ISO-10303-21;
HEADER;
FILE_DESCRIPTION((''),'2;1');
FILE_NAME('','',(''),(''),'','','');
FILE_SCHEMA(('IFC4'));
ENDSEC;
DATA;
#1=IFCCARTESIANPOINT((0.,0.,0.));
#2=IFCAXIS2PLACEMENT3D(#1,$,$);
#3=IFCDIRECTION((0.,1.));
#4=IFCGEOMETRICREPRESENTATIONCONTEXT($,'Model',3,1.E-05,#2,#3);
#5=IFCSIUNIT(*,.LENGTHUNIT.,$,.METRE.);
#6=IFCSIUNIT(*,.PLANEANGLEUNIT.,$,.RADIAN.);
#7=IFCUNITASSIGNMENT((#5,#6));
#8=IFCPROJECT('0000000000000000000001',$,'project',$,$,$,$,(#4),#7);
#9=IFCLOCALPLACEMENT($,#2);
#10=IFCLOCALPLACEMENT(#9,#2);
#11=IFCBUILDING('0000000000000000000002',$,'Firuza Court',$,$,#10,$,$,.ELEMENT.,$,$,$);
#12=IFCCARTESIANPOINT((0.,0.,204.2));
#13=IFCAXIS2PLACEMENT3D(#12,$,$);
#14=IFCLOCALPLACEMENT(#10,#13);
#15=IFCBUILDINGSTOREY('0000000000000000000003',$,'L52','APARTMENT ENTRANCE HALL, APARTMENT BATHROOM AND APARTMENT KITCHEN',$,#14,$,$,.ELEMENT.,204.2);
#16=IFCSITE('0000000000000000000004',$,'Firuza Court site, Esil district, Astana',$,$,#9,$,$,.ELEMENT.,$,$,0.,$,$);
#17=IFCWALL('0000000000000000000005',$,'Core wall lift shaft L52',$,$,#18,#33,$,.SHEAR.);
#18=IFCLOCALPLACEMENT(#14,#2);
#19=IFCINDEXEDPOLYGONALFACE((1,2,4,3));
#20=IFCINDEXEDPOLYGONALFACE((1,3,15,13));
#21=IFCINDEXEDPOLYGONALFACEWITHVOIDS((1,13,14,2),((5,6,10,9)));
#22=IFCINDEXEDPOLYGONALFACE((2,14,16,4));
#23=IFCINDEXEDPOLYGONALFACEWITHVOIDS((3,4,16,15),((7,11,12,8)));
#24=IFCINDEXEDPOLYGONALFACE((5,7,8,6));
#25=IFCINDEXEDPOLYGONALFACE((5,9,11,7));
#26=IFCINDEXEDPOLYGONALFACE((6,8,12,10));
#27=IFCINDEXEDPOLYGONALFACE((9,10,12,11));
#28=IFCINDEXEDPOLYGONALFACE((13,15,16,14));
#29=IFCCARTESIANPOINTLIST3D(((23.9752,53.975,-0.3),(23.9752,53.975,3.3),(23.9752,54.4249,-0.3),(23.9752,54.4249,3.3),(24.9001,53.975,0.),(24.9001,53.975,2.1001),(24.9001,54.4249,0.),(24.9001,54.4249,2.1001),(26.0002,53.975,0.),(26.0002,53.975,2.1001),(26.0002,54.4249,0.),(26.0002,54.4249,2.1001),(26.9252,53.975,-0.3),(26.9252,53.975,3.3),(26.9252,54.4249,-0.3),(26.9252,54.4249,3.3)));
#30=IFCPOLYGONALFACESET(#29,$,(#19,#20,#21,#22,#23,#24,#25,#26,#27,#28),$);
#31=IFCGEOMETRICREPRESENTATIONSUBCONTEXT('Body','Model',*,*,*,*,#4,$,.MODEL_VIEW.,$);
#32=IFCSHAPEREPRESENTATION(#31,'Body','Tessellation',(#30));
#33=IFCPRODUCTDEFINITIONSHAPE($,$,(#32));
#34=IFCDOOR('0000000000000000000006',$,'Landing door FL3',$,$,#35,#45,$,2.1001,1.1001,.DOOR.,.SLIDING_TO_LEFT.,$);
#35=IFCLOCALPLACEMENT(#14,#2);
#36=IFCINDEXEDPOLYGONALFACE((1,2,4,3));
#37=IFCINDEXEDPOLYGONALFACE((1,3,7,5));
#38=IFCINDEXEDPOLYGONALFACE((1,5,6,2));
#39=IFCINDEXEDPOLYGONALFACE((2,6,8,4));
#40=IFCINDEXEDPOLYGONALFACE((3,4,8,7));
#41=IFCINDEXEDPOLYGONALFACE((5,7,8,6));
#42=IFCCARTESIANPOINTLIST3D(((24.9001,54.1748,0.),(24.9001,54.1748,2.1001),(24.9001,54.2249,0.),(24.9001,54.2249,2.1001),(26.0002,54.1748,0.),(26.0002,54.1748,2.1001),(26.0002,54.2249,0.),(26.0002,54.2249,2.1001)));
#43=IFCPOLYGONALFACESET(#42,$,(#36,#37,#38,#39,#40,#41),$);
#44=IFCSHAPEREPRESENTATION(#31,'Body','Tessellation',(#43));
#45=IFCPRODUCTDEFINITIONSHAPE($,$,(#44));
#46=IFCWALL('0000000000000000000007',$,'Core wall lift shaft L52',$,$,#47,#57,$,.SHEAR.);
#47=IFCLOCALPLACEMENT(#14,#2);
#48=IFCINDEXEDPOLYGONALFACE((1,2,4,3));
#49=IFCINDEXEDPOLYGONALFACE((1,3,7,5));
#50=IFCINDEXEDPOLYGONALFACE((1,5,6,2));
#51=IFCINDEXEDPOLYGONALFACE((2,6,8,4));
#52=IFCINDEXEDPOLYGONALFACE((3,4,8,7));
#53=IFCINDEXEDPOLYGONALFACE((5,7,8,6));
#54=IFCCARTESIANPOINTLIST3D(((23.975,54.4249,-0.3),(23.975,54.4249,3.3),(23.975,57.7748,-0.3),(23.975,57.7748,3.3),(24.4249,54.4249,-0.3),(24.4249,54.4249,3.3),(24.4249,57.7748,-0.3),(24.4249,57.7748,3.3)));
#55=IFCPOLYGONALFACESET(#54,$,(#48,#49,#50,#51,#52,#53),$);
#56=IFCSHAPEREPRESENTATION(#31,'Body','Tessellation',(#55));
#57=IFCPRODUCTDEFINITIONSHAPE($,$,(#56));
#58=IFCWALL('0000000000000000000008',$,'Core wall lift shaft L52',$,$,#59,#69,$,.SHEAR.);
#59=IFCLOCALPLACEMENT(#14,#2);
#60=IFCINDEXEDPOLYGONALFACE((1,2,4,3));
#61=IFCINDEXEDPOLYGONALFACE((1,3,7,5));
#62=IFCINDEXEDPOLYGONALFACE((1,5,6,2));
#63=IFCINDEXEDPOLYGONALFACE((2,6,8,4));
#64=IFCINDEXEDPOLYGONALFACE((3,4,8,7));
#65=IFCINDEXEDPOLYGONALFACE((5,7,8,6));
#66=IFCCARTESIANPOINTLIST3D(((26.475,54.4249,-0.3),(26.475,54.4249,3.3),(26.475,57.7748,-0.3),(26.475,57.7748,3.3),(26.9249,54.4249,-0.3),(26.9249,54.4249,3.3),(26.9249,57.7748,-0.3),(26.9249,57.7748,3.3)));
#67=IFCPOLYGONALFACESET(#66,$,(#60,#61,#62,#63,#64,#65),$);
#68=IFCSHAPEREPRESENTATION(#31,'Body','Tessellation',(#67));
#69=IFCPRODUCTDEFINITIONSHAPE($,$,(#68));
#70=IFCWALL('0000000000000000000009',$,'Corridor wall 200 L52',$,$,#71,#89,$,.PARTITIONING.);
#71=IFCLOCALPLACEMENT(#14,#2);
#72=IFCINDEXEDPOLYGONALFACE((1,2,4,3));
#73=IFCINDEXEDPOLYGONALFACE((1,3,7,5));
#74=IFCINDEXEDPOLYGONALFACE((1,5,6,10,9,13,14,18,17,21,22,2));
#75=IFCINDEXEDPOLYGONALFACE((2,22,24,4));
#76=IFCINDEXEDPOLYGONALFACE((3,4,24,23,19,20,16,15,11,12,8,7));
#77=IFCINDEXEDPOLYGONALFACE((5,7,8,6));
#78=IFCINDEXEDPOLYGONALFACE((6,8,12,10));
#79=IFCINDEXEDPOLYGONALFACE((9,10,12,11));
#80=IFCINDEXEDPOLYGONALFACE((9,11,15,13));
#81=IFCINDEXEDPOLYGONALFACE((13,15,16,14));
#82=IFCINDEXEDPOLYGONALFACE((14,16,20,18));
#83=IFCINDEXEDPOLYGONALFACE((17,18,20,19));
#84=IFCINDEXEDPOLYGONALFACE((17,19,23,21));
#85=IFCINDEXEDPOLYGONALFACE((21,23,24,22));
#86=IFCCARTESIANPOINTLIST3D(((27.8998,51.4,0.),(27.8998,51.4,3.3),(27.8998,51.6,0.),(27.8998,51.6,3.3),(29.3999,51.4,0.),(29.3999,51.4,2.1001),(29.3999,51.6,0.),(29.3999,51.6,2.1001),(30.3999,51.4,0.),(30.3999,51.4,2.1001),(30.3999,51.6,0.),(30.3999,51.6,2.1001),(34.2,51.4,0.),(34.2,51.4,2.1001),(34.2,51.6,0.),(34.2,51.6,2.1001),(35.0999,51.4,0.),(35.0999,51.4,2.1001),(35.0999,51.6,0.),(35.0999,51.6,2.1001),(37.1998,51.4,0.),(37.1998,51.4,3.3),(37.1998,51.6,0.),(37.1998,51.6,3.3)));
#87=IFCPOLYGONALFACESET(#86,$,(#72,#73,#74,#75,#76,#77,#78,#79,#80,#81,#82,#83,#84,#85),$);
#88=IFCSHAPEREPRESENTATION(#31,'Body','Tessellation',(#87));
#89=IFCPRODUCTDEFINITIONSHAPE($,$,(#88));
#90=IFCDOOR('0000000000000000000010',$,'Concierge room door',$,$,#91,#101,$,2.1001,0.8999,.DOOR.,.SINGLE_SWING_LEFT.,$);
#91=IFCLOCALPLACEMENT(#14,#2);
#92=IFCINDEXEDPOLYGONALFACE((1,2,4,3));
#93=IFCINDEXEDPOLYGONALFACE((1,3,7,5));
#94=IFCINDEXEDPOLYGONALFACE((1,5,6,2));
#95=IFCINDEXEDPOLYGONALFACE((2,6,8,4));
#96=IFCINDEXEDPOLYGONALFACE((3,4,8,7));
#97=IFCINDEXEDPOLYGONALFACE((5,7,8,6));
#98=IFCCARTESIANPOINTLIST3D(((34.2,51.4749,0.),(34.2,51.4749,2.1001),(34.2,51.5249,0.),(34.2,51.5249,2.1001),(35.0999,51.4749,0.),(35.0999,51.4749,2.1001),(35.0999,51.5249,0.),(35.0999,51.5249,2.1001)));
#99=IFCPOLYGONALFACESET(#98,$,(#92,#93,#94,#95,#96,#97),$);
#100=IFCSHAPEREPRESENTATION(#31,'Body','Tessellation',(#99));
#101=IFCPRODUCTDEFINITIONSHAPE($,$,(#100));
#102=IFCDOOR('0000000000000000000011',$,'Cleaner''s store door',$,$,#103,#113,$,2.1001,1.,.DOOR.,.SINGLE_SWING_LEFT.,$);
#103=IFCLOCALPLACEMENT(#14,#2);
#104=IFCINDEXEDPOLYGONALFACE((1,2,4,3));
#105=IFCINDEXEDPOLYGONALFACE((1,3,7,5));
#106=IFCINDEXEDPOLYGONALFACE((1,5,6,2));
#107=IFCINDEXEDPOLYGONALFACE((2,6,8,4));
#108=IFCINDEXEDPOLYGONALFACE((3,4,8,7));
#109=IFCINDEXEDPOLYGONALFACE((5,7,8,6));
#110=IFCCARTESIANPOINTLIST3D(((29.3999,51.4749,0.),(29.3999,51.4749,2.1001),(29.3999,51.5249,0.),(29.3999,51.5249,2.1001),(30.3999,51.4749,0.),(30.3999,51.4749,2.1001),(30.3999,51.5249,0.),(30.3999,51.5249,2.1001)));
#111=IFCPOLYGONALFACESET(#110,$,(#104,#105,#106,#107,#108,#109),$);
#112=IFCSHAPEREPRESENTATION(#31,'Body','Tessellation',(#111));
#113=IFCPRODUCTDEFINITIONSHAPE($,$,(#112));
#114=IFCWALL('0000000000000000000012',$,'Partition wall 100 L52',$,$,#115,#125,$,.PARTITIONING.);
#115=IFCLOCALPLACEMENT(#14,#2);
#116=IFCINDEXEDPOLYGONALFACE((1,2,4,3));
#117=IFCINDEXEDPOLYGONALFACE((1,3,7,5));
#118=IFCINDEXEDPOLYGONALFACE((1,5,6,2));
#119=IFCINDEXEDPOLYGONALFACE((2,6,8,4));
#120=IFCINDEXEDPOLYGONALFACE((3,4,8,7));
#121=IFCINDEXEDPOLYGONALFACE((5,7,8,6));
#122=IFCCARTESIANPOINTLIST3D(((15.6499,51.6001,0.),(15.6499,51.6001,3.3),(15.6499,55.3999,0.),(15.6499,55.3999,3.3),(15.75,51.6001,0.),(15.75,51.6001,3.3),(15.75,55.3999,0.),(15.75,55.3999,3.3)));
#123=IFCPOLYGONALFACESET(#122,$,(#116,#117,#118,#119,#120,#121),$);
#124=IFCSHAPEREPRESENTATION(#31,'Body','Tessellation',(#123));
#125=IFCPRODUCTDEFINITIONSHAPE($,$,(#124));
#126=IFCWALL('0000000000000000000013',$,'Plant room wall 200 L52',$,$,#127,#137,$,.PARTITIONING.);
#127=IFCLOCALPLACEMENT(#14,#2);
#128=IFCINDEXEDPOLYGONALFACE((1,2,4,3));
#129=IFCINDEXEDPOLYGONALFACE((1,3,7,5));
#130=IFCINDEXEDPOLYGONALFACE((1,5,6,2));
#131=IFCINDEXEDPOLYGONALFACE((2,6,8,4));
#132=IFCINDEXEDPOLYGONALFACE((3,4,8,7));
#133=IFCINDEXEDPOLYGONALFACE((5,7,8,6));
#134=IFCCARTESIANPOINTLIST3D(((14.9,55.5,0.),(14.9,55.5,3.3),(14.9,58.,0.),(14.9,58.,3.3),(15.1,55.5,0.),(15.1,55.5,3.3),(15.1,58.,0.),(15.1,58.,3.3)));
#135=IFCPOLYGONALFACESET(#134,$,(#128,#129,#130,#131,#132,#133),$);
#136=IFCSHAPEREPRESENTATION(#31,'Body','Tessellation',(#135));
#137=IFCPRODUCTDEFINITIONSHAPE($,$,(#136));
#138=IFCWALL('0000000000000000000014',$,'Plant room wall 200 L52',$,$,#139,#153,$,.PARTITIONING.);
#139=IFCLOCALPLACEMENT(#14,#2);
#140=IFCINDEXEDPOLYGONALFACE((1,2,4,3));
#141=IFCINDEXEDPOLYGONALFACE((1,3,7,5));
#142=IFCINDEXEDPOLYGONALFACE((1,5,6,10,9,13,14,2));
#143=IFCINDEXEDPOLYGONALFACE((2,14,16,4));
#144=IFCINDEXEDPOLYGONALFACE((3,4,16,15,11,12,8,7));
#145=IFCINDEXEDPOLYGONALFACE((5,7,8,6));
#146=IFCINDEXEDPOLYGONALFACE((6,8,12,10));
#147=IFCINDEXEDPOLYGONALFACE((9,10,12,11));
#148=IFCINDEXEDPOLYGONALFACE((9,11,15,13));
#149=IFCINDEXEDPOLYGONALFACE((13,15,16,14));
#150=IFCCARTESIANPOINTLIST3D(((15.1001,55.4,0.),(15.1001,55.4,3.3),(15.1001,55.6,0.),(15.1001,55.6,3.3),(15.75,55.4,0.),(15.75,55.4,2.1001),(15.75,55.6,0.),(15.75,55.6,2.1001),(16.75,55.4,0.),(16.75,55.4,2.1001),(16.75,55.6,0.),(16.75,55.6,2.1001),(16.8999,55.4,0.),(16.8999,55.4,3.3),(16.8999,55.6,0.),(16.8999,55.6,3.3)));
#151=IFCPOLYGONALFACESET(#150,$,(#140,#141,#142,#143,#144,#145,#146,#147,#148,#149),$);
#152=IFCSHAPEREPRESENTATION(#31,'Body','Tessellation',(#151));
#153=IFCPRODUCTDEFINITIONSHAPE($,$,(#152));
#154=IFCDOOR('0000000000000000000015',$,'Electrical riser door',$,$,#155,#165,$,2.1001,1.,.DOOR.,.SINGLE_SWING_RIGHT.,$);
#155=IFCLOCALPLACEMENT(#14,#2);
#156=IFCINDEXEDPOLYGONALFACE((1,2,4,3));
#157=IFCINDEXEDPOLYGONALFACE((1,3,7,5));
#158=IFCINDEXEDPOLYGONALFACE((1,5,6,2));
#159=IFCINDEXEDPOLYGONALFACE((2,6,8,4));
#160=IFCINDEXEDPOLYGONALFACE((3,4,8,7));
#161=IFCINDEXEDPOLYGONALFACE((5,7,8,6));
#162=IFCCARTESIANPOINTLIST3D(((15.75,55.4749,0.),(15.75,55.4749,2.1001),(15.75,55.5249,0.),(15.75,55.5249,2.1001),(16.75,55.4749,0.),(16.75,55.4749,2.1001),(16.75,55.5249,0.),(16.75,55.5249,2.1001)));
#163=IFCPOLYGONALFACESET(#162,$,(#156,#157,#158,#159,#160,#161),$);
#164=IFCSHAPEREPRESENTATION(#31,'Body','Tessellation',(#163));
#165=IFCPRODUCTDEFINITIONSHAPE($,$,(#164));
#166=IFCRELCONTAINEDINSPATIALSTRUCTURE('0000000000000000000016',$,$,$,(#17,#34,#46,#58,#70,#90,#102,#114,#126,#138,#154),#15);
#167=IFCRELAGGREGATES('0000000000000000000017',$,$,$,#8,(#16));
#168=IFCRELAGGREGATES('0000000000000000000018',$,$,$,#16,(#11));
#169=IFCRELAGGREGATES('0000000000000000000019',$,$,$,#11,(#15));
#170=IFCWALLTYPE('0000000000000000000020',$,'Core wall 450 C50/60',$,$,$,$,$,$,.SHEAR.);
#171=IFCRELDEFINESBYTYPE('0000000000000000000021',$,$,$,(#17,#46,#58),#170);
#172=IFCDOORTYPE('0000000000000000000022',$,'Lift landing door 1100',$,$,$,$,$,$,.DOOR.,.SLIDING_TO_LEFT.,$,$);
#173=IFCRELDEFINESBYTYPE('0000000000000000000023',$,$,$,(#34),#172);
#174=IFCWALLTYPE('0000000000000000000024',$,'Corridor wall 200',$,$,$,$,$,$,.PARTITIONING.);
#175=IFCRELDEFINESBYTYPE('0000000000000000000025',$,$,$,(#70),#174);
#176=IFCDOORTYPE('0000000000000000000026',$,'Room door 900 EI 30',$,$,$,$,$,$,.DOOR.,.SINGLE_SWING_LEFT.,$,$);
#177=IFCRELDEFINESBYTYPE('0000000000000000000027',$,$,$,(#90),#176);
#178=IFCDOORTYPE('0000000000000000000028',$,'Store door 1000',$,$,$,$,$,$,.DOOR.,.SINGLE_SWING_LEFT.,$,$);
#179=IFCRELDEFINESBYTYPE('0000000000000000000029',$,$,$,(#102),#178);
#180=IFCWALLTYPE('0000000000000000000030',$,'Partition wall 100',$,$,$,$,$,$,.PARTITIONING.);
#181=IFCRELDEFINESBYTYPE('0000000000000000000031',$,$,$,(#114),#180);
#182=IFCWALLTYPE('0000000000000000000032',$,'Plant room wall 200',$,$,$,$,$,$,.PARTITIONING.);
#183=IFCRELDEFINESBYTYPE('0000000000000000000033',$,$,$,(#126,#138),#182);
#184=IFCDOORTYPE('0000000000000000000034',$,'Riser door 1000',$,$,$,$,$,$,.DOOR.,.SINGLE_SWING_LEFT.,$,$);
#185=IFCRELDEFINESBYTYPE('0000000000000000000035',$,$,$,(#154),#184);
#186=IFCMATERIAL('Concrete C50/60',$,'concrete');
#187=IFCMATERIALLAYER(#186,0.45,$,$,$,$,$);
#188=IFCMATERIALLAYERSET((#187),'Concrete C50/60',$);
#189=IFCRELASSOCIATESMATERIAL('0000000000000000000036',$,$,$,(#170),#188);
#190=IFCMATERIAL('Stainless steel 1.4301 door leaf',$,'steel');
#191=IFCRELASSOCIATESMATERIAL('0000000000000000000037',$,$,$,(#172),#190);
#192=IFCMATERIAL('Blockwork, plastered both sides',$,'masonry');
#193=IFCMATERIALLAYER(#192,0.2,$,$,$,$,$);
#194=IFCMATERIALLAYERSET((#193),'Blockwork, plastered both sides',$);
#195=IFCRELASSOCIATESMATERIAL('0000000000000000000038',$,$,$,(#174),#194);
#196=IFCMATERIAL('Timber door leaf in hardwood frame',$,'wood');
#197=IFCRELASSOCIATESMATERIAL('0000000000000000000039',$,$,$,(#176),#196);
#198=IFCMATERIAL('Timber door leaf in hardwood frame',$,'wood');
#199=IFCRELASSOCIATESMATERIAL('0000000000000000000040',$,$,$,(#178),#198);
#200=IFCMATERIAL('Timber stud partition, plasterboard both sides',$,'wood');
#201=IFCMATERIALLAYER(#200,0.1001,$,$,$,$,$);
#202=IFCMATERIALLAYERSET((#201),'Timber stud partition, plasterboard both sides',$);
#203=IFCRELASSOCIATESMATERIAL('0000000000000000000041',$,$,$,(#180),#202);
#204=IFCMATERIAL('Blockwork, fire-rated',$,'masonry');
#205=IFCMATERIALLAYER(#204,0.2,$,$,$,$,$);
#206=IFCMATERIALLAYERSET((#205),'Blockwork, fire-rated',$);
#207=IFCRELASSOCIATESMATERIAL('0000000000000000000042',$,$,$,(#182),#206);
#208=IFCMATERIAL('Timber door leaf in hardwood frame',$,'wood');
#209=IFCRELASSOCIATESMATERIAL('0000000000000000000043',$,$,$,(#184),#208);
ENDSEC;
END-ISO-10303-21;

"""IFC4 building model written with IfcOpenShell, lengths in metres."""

from ifc_helpers import new_model, si_unit, direction, frame, frame_2d, origin, place, context, subcontext, project, spatial, rectangle, extrude, material, layer, layer_set, type_object, element, fill, save


model = new_model("IFC4")

# Units and contexts
model_context = context("Model", 3, precision=1e-05, world=origin(), true_north=direction((0.0, 1.0)))
body_context = subcontext(model_context, "Body", "Model", "MODEL_VIEW")
ifc_project = project(units=[si_unit("LENGTHUNIT", "METRE"), si_unit("PLANEANGLEUNIT", "RADIAN")], contexts=[model_context])

# Site, building, storey
site_placement = place(None, origin())
site = spatial("IfcSite", under=ifc_project, at=site_placement, Name="Firuza Court site, Esil district, Astana", CompositionType="ELEMENT", RefElevation=0.0)
building_placement = place(site_placement, origin())
building = spatial("IfcBuilding", under=site, at=building_placement, Name="Firuza Court", CompositionType="ELEMENT")
storey_placement = place(building_placement, frame((0.0, 0.0, 204.2)))
storey = spatial("IfcBuildingStorey", under=building, at=storey_placement, Name="L52", Description="APARTMENT ENTRANCE HALL, APARTMENT BATHROOM AND APARTMENT KITCHEN", CompositionType="ELEMENT", Elevation=204.2)

# Wall, opening, door
ifc_material_1 = material(Name="Concrete C50/60", Category="concrete")
ifc_layer_1 = layer(ifc_material_1, 0.45)
ifc_layer_set_1 = layer_set([ifc_layer_1], Name="Concrete C50/60")
wall_type_1 = type_object("IfcWallType", Name="Core wall 450 C50/60", PredefinedType="SHEAR", material=ifc_layer_set_1)
wall_1_placement = place(storey_placement, frame((23.9751, 54.2, -0.3), z_axis=(0.0, 0.0, 1.0), x_axis=(1.0, 0.0, 0.0)))
wall_1 = element("IfcWall", 1, at=wall_1_placement, inside=storey, type_object=wall_type_1, Name="Core wall lift shaft L52", PredefinedType="SHEAR", context=body_context, shape_type="SweptSolid", body=[
    extrude(rectangle(XDim=2.95, YDim=0.45, at=frame_2d((1.4751, 0.0))), origin(), (0.0, 0.0, 1.0), 3.6001),
])
opening_1_placement = place(wall_1_placement, frame((0.925, 0.0, 0.3)))
opening_1 = element("IfcOpeningElement", 2, at=opening_1_placement, cuts=wall_1, PredefinedType="OPENING", context=body_context, shape_type="SweptSolid", body=[
    extrude(rectangle(XDim=1.1001, YDim=2.1001, at=frame_2d((0.55, 1.05))), frame((0.0, 0.2368, 0.0), z_axis=(0.0, -1.0, 0.0), x_axis=(1.0, 0.0, 0.0)), (0.0, 0.0, 1.0), 0.4739),
])
ifc_material_2 = material(Name="Stainless steel 1.4301 door leaf", Category="steel")
door_type_1 = type_object("IfcDoorType", Name="Lift landing door 1100", OperationType="SLIDING_TO_LEFT", PredefinedType="DOOR", material=ifc_material_2)
door_1_placement = place(opening_1_placement, origin())
door_1 = element("IfcDoor", 3, at=door_1_placement, inside=storey, type_object=door_type_1, Name="Landing door FL3", OperationType="SLIDING_TO_LEFT", OverallHeight=2.1001, OverallWidth=1.1001, PredefinedType="DOOR", context=body_context, shape_type="SweptSolid", body=[
    extrude(rectangle(XDim=1.1001, YDim=2.1001, at=frame_2d((0.55, 1.05))), frame((0.0, 0.0249, 0.0), z_axis=(0.0, -1.0, 0.0), x_axis=(1.0, 0.0, 0.0)), (0.0, 0.0, 1.0), 0.05),
])
fill(opening_1, door_1)

# Walls
for number, where, z_axis, x_axis, name in (
    (4, (24.2, 54.425, -0.3), (0.0, 0.0, 1.0), (0.0, 1.0, 0.0), "Core wall lift shaft L52"),
    (5, (26.7, 54.425, -0.3), (0.0, 0.0, 1.0), (0.0, 1.0, 0.0), "Core wall lift shaft L52"),
):
    element("IfcWall", number, at=place(storey_placement, frame(where, z_axis=z_axis, x_axis=x_axis)), inside=storey, type_object=wall_type_1, Name=name, PredefinedType="SHEAR", context=body_context, shape_type="SweptSolid", body=[
        extrude(rectangle(XDim=3.3499, YDim=0.45, at=frame_2d((1.6748, 0.0))), origin(), (0.0, 0.0, 1.0), 3.6001),
    ])

# Wall, openings, doors
ifc_material_3 = material(Name="Blockwork, plastered both sides", Category="masonry")
ifc_layer_2 = layer(ifc_material_3, 0.2)
ifc_layer_set_2 = layer_set([ifc_layer_2], Name="Blockwork, plastered both sides")
wall_type_2 = type_object("IfcWallType", Name="Corridor wall 200", PredefinedType="PARTITIONING", material=ifc_layer_set_2)
wall_2_placement = place(storey_placement, frame((27.8999, 51.5, 0.0), z_axis=(0.0, 0.0, 1.0), x_axis=(1.0, 0.0, 0.0)))
wall_2 = element("IfcWall", 6, at=wall_2_placement, inside=storey, type_object=wall_type_2, Name="Corridor wall 200 L52", PredefinedType="PARTITIONING", context=body_context, shape_type="SweptSolid", body=[
    extrude(rectangle(XDim=9.3, YDim=0.2, at=frame_2d((4.6499, 0.0))), origin(), (0.0, 0.0, 1.0), 3.3),
])
opening_2_placement = place(wall_2_placement, frame((1.5, 0.0, 0.0)))
opening_2 = element("IfcOpeningElement", 7, at=opening_2_placement, cuts=wall_2, PredefinedType="OPENING", context=body_context, shape_type="SweptSolid", body=[
    extrude(rectangle(XDim=1.0, YDim=2.1001, at=frame_2d((0.5, 1.05))), frame((0.0, 0.1118, 0.0), z_axis=(0.0, -1.0, 0.0), x_axis=(1.0, 0.0, 0.0)), (0.0, 0.0, 1.0), 0.2239),
])
opening_3_placement = place(wall_2_placement, frame((6.3, 0.0, 0.0)))
opening_3 = element("IfcOpeningElement", 8, at=opening_3_placement, cuts=wall_2, PredefinedType="OPENING", context=body_context, shape_type="SweptSolid", body=[
    extrude(rectangle(XDim=0.8999, YDim=2.1001, at=frame_2d((0.45, 1.05))), frame((0.0, 0.1118, 0.0), z_axis=(0.0, -1.0, 0.0), x_axis=(1.0, 0.0, 0.0)), (0.0, 0.0, 1.0), 0.2239),
])
ifc_material_4 = material(Name="Timber door leaf in hardwood frame", Category="wood")
door_type_2 = type_object("IfcDoorType", Name="Room door 900 EI 30", OperationType="SINGLE_SWING_LEFT", PredefinedType="DOOR", material=ifc_material_4)
door_2_placement = place(opening_3_placement, origin())
door_2 = element("IfcDoor", 9, at=door_2_placement, inside=storey, type_object=door_type_2, Name="Concierge room door", OperationType="SINGLE_SWING_LEFT", OverallHeight=2.1001, OverallWidth=0.8999, PredefinedType="DOOR", context=body_context, shape_type="SweptSolid", body=[
    extrude(rectangle(XDim=0.8999, YDim=2.1001, at=frame_2d((0.45, 1.05))), frame((0.0, 0.0249, 0.0), z_axis=(0.0, -1.0, 0.0), x_axis=(1.0, 0.0, 0.0)), (0.0, 0.0, 1.0), 0.05),
])
fill(opening_3, door_2)
ifc_material_5 = material(Name="Timber door leaf in hardwood frame", Category="wood")
door_type_3 = type_object("IfcDoorType", Name="Store door 1000", OperationType="SINGLE_SWING_LEFT", PredefinedType="DOOR", material=ifc_material_5)
door_3_placement = place(opening_2_placement, origin())
door_3 = element("IfcDoor", 10, at=door_3_placement, inside=storey, type_object=door_type_3, Name="Cleaner's store door", OperationType="SINGLE_SWING_LEFT", OverallHeight=2.1001, OverallWidth=1.0, PredefinedType="DOOR", context=body_context, shape_type="SweptSolid", body=[
    extrude(rectangle(XDim=1.0, YDim=2.1001, at=frame_2d((0.5, 1.05))), frame((0.0, 0.0249, 0.0), z_axis=(0.0, -1.0, 0.0), x_axis=(1.0, 0.0, 0.0)), (0.0, 0.0, 1.0), 0.05),
])
fill(opening_2, door_3)

# Walls
ifc_material_6 = material(Name="Timber stud partition, plasterboard both sides", Category="wood")
ifc_layer_3 = layer(ifc_material_6, 0.1001)
ifc_layer_set_3 = layer_set([ifc_layer_3], Name="Timber stud partition, plasterboard both sides")
wall_type_3 = type_object("IfcWallType", Name="Partition wall 100", PredefinedType="PARTITIONING", material=ifc_layer_set_3)
wall_3_placement = place(storey_placement, frame((15.7, 51.6001, 0.0), z_axis=(0.0, 0.0, 1.0), x_axis=(0.0, 1.0, 0.0)))
element("IfcWall", 11, at=wall_3_placement, inside=storey, type_object=wall_type_3, Name="Partition wall 100 L52", PredefinedType="PARTITIONING", context=body_context, shape_type="SweptSolid", body=[
    extrude(rectangle(XDim=3.7998, YDim=0.1001, at=frame_2d((1.8999, 0.0))), origin(), (0.0, 0.0, 1.0), 3.3),
])
ifc_material_7 = material(Name="Blockwork, fire-rated", Category="masonry")
ifc_layer_4 = layer(ifc_material_7, 0.2)
ifc_layer_set_4 = layer_set([ifc_layer_4], Name="Blockwork, fire-rated")
wall_type_4 = type_object("IfcWallType", Name="Plant room wall 200", PredefinedType="PARTITIONING", material=ifc_layer_set_4)
wall_4_placement = place(storey_placement, frame((15.0, 55.5, 0.0), z_axis=(0.0, 0.0, 1.0), x_axis=(0.0, 1.0, 0.0)))
element("IfcWall", 12, at=wall_4_placement, inside=storey, type_object=wall_type_4, Name="Plant room wall 200 L52", PredefinedType="PARTITIONING", context=body_context, shape_type="SweptSolid", body=[
    extrude(rectangle(XDim=2.5, YDim=0.2, at=frame_2d((1.25, 0.0))), origin(), (0.0, 0.0, 1.0), 3.3),
])

# Wall, opening, door
wall_5_placement = place(storey_placement, frame((15.1001, 55.5, 0.0), z_axis=(0.0, 0.0, 1.0), x_axis=(1.0, 0.0, 0.0)))
wall_5 = element("IfcWall", 13, at=wall_5_placement, inside=storey, type_object=wall_type_4, Name="Plant room wall 200 L52", PredefinedType="PARTITIONING", context=body_context, shape_type="SweptSolid", body=[
    extrude(rectangle(XDim=1.7998, YDim=0.2, at=frame_2d((0.8999, 0.0))), origin(), (0.0, 0.0, 1.0), 3.3),
])
opening_4_placement = place(wall_5_placement, frame((0.6499, 0.0, 0.0)))
opening_4 = element("IfcOpeningElement", 14, at=opening_4_placement, cuts=wall_5, PredefinedType="OPENING", context=body_context, shape_type="SweptSolid", body=[
    extrude(rectangle(XDim=1.0, YDim=2.1001, at=frame_2d((0.5, 1.05))), frame((0.0, 0.1118, 0.0), z_axis=(0.0, -1.0, 0.0), x_axis=(1.0, 0.0, 0.0)), (0.0, 0.0, 1.0), 0.2239),
])
ifc_material_8 = material(Name="Timber door leaf in hardwood frame", Category="wood")
door_type_4 = type_object("IfcDoorType", Name="Riser door 1000", OperationType="SINGLE_SWING_LEFT", PredefinedType="DOOR", material=ifc_material_8)
door_4_placement = place(opening_4_placement, origin())
door_4 = element("IfcDoor", 15, at=door_4_placement, inside=storey, type_object=door_type_4, Name="Electrical riser door", OperationType="SINGLE_SWING_RIGHT", OverallHeight=2.1001, OverallWidth=1.0, PredefinedType="DOOR", context=body_context, shape_type="SweptSolid", body=[
    extrude(rectangle(XDim=1.0, YDim=2.1001, at=frame_2d((0.5, 1.05))), frame((0.0, 0.0249, 0.0), z_axis=(0.0, -1.0, 0.0), x_axis=(1.0, 0.0, 0.0)), (0.0, 0.0, 1.0), 0.05),
])
fill(opening_4, door_4)

save(model, "model.ifc")
